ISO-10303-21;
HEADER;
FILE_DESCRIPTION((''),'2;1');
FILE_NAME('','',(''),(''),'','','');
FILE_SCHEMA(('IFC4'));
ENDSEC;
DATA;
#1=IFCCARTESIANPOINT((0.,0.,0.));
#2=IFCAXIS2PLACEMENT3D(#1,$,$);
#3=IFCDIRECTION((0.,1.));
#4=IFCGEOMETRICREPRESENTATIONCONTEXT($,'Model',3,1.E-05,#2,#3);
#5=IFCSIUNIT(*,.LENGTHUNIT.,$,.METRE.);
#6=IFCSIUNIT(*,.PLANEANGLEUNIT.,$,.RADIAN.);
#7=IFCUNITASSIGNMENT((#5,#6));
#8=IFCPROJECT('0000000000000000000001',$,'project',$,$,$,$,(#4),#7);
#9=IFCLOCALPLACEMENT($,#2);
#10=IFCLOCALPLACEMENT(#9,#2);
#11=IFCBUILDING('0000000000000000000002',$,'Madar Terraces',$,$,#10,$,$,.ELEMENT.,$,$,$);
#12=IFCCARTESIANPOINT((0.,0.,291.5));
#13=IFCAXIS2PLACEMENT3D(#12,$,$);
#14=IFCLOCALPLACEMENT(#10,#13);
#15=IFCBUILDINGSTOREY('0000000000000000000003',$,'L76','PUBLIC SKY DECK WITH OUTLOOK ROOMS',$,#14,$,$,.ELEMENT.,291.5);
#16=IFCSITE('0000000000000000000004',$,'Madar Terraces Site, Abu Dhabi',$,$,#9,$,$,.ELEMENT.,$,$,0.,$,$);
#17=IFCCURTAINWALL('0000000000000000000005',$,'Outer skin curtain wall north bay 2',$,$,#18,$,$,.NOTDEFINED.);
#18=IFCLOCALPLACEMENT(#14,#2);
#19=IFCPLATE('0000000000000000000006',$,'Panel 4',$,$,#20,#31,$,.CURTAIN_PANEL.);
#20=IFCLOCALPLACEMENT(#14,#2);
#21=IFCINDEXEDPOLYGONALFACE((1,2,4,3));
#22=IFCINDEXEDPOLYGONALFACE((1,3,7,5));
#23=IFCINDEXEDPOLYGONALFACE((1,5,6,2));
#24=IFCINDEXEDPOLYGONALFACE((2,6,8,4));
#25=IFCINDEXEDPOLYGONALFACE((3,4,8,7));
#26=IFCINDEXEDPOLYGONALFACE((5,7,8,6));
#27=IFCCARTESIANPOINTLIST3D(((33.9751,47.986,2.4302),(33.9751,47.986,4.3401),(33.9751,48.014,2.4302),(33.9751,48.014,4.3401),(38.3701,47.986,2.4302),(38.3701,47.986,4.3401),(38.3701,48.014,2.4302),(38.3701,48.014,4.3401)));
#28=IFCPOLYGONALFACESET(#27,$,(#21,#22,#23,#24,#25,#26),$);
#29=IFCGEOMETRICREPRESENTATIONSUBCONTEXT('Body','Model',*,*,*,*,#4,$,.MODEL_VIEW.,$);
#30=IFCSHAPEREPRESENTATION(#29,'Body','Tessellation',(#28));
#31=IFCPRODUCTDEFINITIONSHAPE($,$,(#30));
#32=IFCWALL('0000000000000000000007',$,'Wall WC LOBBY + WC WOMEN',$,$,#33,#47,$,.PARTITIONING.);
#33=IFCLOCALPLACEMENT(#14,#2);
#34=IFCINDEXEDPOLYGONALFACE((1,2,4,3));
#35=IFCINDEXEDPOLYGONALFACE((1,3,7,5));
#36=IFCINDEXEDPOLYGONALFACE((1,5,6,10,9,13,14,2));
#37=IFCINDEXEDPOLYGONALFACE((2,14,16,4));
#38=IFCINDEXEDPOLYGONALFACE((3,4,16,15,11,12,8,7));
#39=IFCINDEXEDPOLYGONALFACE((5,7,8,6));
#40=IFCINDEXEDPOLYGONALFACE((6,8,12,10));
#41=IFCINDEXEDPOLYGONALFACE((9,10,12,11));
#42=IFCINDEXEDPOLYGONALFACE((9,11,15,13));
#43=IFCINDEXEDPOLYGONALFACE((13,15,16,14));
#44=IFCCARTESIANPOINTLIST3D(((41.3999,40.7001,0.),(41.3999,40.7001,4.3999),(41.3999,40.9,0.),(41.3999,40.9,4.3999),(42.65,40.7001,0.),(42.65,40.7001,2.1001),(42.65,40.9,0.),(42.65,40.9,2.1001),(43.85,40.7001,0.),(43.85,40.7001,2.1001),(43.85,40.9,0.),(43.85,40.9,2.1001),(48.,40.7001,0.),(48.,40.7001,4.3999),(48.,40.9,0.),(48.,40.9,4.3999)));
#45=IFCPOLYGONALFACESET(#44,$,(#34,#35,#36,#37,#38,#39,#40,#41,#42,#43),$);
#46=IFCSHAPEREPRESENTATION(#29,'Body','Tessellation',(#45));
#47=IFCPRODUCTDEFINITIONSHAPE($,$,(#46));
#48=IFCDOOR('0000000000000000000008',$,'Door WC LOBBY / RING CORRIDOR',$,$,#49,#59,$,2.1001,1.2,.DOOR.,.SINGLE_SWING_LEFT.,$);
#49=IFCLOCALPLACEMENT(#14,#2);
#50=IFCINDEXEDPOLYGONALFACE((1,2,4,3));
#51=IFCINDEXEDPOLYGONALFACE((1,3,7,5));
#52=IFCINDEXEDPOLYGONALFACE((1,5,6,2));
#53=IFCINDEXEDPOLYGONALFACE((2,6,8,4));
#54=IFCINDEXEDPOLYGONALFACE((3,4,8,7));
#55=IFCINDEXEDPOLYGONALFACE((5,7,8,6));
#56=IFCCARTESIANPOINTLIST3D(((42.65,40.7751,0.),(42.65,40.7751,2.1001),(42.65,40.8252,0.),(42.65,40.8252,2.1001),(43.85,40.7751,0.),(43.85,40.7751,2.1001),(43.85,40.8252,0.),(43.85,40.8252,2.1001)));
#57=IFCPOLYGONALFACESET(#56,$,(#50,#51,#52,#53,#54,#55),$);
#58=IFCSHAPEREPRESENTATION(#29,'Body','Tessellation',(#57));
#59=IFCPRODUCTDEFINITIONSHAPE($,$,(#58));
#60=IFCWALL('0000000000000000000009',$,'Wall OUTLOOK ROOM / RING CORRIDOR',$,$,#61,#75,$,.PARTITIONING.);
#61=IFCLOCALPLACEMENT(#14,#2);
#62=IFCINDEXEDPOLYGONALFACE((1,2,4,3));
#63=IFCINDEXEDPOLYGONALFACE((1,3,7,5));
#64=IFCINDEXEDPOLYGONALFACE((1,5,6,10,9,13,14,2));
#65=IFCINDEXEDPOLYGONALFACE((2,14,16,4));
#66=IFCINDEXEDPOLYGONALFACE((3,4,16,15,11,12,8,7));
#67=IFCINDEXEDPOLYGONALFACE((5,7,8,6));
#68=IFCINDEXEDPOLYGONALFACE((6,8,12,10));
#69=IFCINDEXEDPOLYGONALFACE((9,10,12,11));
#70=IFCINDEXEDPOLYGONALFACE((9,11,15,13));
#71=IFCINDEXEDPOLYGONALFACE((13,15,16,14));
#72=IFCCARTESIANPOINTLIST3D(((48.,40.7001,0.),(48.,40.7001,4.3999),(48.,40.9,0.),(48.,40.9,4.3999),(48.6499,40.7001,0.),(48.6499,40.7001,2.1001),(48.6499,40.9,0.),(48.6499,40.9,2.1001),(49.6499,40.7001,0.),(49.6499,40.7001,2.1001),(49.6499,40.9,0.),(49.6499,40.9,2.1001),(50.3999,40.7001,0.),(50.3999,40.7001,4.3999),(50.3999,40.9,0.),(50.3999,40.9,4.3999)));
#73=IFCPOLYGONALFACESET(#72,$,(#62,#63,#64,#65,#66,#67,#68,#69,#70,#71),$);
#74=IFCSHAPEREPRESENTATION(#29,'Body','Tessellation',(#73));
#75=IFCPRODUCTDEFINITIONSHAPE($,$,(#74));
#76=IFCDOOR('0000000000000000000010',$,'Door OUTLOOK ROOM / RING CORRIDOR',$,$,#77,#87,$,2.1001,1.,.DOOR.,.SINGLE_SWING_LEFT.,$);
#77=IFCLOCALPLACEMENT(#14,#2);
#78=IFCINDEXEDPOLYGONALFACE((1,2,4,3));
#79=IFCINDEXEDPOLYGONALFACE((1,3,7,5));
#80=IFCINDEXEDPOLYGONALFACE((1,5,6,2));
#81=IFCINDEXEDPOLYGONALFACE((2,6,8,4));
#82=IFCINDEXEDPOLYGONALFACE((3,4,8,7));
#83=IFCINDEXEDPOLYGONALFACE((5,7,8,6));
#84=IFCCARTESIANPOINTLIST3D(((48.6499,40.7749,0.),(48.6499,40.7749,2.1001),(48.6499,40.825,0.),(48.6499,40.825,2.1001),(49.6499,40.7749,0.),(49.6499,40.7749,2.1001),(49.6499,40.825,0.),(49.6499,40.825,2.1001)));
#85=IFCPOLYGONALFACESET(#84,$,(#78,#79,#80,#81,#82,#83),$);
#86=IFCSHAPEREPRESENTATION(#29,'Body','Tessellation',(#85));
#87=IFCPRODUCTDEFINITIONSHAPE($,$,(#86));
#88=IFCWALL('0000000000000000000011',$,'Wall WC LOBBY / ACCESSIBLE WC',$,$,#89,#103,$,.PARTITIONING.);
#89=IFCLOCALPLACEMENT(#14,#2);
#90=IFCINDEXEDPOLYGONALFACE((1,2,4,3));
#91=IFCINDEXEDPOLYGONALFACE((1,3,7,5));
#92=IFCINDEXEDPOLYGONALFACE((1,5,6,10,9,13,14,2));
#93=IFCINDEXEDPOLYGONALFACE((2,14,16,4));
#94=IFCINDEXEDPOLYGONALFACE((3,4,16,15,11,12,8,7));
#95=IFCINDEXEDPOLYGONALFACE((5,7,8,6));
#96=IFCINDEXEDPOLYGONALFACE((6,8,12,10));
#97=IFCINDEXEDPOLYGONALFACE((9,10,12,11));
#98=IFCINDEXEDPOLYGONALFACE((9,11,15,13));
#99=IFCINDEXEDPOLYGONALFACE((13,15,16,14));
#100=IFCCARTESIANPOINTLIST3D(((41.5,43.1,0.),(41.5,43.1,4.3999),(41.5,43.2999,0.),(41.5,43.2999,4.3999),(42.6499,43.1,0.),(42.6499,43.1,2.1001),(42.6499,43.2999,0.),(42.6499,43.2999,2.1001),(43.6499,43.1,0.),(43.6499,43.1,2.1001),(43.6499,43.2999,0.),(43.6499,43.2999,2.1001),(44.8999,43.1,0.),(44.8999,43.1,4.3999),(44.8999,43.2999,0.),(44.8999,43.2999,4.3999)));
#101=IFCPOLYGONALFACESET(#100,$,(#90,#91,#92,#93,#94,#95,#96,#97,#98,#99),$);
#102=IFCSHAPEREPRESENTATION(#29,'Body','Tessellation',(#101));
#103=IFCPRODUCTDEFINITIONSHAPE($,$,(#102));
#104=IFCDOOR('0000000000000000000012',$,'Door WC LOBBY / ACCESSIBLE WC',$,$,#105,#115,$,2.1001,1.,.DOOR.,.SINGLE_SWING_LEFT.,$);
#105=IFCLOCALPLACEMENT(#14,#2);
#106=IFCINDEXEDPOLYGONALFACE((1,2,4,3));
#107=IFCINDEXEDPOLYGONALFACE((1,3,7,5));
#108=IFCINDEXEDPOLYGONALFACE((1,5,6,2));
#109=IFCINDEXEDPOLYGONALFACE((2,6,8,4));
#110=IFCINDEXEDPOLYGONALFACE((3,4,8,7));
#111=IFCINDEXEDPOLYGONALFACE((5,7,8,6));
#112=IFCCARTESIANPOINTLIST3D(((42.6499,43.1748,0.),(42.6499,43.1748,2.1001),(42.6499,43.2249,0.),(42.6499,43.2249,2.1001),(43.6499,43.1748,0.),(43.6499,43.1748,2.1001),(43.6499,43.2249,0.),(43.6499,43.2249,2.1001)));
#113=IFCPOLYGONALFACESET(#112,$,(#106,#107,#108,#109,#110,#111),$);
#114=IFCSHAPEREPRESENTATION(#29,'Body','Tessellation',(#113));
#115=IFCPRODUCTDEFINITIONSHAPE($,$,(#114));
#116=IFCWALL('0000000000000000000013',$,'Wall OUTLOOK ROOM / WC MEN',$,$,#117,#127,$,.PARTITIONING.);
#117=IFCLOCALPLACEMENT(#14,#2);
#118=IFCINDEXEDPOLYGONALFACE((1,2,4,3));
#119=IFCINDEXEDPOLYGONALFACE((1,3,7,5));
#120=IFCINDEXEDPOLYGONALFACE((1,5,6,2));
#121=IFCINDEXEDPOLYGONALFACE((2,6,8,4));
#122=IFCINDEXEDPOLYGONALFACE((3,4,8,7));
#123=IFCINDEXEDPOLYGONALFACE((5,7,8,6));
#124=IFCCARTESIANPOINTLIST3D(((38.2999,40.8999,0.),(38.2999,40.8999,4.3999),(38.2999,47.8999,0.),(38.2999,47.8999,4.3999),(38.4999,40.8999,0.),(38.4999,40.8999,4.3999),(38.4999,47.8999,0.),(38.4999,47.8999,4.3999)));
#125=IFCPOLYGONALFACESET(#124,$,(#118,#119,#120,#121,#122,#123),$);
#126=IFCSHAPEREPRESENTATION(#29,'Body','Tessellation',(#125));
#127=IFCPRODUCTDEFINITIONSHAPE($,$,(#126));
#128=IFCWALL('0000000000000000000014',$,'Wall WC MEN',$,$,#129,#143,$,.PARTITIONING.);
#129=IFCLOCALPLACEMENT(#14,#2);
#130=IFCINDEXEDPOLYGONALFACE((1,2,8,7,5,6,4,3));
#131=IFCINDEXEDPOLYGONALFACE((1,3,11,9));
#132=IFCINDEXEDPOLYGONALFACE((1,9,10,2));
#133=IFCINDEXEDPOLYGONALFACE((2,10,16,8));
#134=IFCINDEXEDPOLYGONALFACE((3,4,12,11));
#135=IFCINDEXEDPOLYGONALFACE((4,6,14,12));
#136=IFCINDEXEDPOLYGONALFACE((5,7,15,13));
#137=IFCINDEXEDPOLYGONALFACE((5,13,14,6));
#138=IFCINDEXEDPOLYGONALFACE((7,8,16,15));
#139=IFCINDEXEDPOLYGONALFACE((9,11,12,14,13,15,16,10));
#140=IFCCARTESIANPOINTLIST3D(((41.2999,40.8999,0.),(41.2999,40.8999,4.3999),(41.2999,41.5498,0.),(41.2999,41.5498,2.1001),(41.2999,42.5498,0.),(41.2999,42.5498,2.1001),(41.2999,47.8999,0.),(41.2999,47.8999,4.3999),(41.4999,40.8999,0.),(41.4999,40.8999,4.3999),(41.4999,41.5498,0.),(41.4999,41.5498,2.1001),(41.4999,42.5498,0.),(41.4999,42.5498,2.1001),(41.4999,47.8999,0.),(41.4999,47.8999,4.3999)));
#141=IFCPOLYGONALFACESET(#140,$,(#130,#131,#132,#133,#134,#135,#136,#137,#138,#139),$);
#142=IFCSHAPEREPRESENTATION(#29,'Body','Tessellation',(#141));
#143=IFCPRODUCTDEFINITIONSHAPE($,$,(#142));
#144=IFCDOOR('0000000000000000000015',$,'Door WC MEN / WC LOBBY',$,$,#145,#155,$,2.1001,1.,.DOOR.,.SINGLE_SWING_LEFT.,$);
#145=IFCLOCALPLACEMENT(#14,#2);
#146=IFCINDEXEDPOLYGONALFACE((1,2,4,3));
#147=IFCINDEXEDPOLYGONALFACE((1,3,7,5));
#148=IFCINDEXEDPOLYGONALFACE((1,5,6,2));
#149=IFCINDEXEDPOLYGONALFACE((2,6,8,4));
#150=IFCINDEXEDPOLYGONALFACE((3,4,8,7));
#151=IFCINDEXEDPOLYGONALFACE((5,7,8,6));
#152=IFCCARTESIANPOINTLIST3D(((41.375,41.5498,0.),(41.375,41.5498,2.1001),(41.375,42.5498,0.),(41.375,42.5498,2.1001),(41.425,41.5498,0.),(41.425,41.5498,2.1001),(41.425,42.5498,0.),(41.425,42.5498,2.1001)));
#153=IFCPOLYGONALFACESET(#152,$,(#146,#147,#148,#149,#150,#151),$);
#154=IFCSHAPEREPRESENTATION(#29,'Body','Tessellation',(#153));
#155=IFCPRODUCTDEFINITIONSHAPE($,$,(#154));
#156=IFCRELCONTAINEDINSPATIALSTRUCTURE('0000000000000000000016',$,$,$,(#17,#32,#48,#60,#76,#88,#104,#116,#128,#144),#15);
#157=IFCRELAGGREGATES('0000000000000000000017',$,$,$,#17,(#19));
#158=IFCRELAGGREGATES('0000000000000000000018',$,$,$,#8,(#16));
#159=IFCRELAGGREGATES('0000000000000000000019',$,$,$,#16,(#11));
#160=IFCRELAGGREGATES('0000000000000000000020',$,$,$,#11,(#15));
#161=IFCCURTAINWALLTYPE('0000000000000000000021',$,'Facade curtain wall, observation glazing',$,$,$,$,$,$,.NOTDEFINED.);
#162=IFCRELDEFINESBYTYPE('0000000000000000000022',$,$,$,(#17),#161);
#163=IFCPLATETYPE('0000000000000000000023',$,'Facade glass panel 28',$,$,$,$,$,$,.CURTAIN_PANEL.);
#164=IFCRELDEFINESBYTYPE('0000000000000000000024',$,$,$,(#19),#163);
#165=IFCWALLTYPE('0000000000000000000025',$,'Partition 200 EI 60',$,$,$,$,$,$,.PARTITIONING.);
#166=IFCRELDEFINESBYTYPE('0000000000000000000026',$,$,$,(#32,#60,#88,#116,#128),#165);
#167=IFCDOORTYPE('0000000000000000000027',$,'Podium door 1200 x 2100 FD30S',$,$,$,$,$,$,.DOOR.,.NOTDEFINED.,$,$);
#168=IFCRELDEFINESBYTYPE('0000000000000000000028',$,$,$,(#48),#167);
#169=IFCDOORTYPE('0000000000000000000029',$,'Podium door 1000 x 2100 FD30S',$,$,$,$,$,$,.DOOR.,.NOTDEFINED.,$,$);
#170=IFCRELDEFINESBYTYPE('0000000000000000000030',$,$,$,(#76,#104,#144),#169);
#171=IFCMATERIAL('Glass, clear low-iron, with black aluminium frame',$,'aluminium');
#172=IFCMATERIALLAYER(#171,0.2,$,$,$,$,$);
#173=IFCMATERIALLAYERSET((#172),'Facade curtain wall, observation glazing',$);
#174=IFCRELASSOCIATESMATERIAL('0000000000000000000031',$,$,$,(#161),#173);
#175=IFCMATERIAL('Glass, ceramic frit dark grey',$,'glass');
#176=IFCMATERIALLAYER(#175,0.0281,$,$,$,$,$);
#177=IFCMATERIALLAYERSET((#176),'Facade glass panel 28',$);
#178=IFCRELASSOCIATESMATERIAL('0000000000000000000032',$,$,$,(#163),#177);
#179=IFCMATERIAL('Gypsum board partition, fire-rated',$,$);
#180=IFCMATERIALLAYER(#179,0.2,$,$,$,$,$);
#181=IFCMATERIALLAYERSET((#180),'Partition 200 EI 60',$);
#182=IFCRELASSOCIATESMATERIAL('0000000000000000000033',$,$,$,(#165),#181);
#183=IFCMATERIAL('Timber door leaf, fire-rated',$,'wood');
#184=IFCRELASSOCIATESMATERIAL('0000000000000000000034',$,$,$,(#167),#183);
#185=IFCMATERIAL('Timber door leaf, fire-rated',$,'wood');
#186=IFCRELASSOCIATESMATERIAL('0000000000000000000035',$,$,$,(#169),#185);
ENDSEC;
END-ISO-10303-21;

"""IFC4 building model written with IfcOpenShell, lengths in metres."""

from ifc_helpers import new_model, si_unit, direction, frame, frame_2d, origin, origin_2d, place, context, subcontext, project, spatial, rectangle, extrude, material, layer, layer_set, type_object, element, fill, aggregate, save


model = new_model("IFC4")

# Units and contexts
model_context = context("Model", 3, precision=1e-05, world=origin(), true_north=direction((0.0, 1.0)))
body_context = subcontext(model_context, "Body", "Model", "MODEL_VIEW")
ifc_project = project(units=[si_unit("LENGTHUNIT", "METRE"), si_unit("PLANEANGLEUNIT", "RADIAN")], contexts=[model_context])

# Site, building, storey
site_placement = place(None, origin())
site = spatial("IfcSite", under=ifc_project, at=site_placement, Name="Madar Terraces Site, Abu Dhabi", CompositionType="ELEMENT", RefElevation=0.0)
building_placement = place(site_placement, origin())
building = spatial("IfcBuilding", under=site, at=building_placement, Name="Madar Terraces", CompositionType="ELEMENT")
storey_placement = place(building_placement, frame((0.0, 0.0, 291.5)))
storey = spatial("IfcBuildingStorey", under=building, at=storey_placement, Name="L76", Description="PUBLIC SKY DECK WITH OUTLOOK ROOMS", CompositionType="ELEMENT", Elevation=291.5)

# Curtain wall
ifc_material_1 = material(Name="Glass, clear low-iron, with black aluminium frame", Category="aluminium")
ifc_layer_1 = layer(ifc_material_1, 0.2)
ifc_layer_set_1 = layer_set([ifc_layer_1], Name="Facade curtain wall, observation glazing")
curtain_wall_type = type_object("IfcCurtainWallType", Name="Facade curtain wall, observation glazing", PredefinedType="NOTDEFINED", material=ifc_layer_set_1)
curtain_wall_1_placement = place(storey_placement, origin())
curtain_wall_1 = element("IfcCurtainWall", 1, at=curtain_wall_1_placement, inside=storey, type_object=curtain_wall_type, Name="Outer skin curtain wall north bay 2", PredefinedType="NOTDEFINED")

# Plate
ifc_material_2 = material(Name="Glass, ceramic frit dark grey", Category="glass")
ifc_layer_2 = layer(ifc_material_2, 0.0281)
ifc_layer_set_2 = layer_set([ifc_layer_2], Name="Facade glass panel 28")
plate_type = type_object("IfcPlateType", Name="Facade glass panel 28", PredefinedType="CURTAIN_PANEL", material=ifc_layer_set_2)
plate_1_placement = place(storey_placement, frame((36.1726, 48.0, 2.4302), z_axis=(0.0, 0.0, 1.0), x_axis=(-1.0, 0.0, 0.0)))
plate_1 = element("IfcPlate", 2, at=plate_1_placement, type_object=plate_type, Name="Panel 4", PredefinedType="CURTAIN_PANEL", context=body_context, shape_type="SweptSolid", body=[
    extrude(rectangle(XDim=4.395, YDim=0.0281, at=origin_2d()), origin(), (0.0, 0.0, 1.0), 1.9099),
])
aggregate(curtain_wall_1, [plate_1])

# Walls, openings, doors
ifc_material_3 = material(Name="Gypsum board partition, fire-rated")
ifc_layer_3 = layer(ifc_material_3, 0.2)
ifc_layer_set_3 = layer_set([ifc_layer_3], Name="Partition 200 EI 60")
wall_type = type_object("IfcWallType", Name="Partition 200 EI 60", PredefinedType="PARTITIONING", material=ifc_layer_set_3)
wall_1_placement = place(storey_placement, frame((48.0, 40.8, 0.0), z_axis=(0.0, 0.0, 1.0), x_axis=(-1.0, 0.0, 0.0)))
wall_1 = element("IfcWall", 3, at=wall_1_placement, inside=storey, type_object=wall_type, Name="Wall WC LOBBY + WC WOMEN", PredefinedType="PARTITIONING", context=body_context, shape_type="SweptSolid", body=[
    extrude(rectangle(XDim=6.6001, YDim=0.2, at=frame_2d((3.3, 0.0))), origin(), (0.0, 0.0, 1.0), 4.3999),
])
opening_1_placement = place(wall_1_placement, frame((4.1499, 0.0, 0.0)))
opening_1 = element("IfcOpeningElement", 4, at=opening_1_placement, cuts=wall_1, PredefinedType="OPENING", context=body_context, shape_type="SweptSolid", body=[
    extrude(rectangle(XDim=1.2, YDim=2.1001, at=frame_2d((0.6001, 1.05))), frame((0.0, 0.1099, 0.0), z_axis=(0.0, -1.0, 0.0), x_axis=(1.0, 0.0, 0.0)), (0.0, 0.0, 1.0), 0.22),
])
ifc_material_4 = material(Name="Timber door leaf, fire-rated", Category="wood")
door_type_1 = type_object("IfcDoorType", Name="Podium door 1200 x 2100 FD30S", OperationType="NOTDEFINED", PredefinedType="DOOR", material=ifc_material_4)
door_1_placement = place(opening_1_placement, origin())
door_1 = element("IfcDoor", 5, at=door_1_placement, inside=storey, type_object=door_type_1, Name="Door WC LOBBY / RING CORRIDOR", OperationType="SINGLE_SWING_LEFT", OverallHeight=2.1001, OverallWidth=1.2, PredefinedType="DOOR", context=body_context, shape_type="SweptSolid", body=[
    extrude(rectangle(XDim=1.2, YDim=2.1001, at=frame_2d((0.6001, 1.05))), frame((0.0, 0.0249, 0.0), z_axis=(0.0, -1.0, 0.0), x_axis=(1.0, 0.0, 0.0)), (0.0, 0.0, 1.0), 0.05),
])
fill(opening_1, door_1)
wall_2_placement = place(storey_placement, frame((48.0, 40.8, 0.0), z_axis=(0.0, 0.0, 1.0), x_axis=(1.0, 0.0, 0.0)))
wall_2 = element("IfcWall", 6, at=wall_2_placement, inside=storey, type_object=wall_type, Name="Wall OUTLOOK ROOM / RING CORRIDOR", PredefinedType="PARTITIONING", context=body_context, shape_type="SweptSolid", body=[
    extrude(rectangle(XDim=2.3999, YDim=0.2, at=frame_2d((1.2, 0.0))), origin(), (0.0, 0.0, 1.0), 4.3999),
])
opening_2_placement = place(wall_2_placement, frame((0.6499, 0.0, 0.0)))
opening_2 = element("IfcOpeningElement", 7, at=opening_2_placement, cuts=wall_2, PredefinedType="OPENING", context=body_context, shape_type="SweptSolid", body=[
    extrude(rectangle(XDim=1.0, YDim=2.1001, at=frame_2d((0.5, 1.05))), frame((0.0, 0.1099, 0.0), z_axis=(0.0, -1.0, 0.0), x_axis=(1.0, 0.0, 0.0)), (0.0, 0.0, 1.0), 0.22),
])
ifc_material_5 = material(Name="Timber door leaf, fire-rated", Category="wood")
door_type_2 = type_object("IfcDoorType", Name="Podium door 1000 x 2100 FD30S", OperationType="NOTDEFINED", PredefinedType="DOOR", material=ifc_material_5)
door_2_placement = place(opening_2_placement, origin())
door_2 = element("IfcDoor", 8, at=door_2_placement, inside=storey, type_object=door_type_2, Name="Door OUTLOOK ROOM / RING CORRIDOR", OperationType="SINGLE_SWING_LEFT", OverallHeight=2.1001, OverallWidth=1.0, PredefinedType="DOOR", context=body_context, shape_type="SweptSolid", body=[
    extrude(rectangle(XDim=1.0, YDim=2.1001, at=frame_2d((0.5, 1.05))), frame((0.0, 0.0249, 0.0), z_axis=(0.0, -1.0, 0.0), x_axis=(1.0, 0.0, 0.0)), (0.0, 0.0, 1.0), 0.05),
])
fill(opening_2, door_2)
wall_3_placement = place(storey_placement, frame((41.5, 43.2, 0.0), z_axis=(0.0, 0.0, 1.0), x_axis=(1.0, 0.0, 0.0)))
wall_3 = element("IfcWall", 9, at=wall_3_placement, inside=storey, type_object=wall_type, Name="Wall WC LOBBY / ACCESSIBLE WC", PredefinedType="PARTITIONING", context=body_context, shape_type="SweptSolid", body=[
    extrude(rectangle(XDim=3.3999, YDim=0.2, at=frame_2d((1.7, 0.0))), origin(), (0.0, 0.0, 1.0), 4.3999),
])
opening_3_placement = place(wall_3_placement, frame((1.1499, 0.0, 0.0)))
opening_3 = element("IfcOpeningElement", 10, at=opening_3_placement, cuts=wall_3, PredefinedType="OPENING", context=body_context, shape_type="SweptSolid", body=[
    extrude(rectangle(XDim=1.0, YDim=2.1001, at=frame_2d((0.5, 1.05))), frame((0.0, 0.1099, 0.0), z_axis=(0.0, -1.0, 0.0), x_axis=(1.0, 0.0, 0.0)), (0.0, 0.0, 1.0), 0.22),
])
door_3_placement = place(opening_3_placement, origin())
door_3 = element("IfcDoor", 11, at=door_3_placement, inside=storey, type_object=door_type_2, Name="Door WC LOBBY / ACCESSIBLE WC", OperationType="SINGLE_SWING_LEFT", OverallHeight=2.1001, OverallWidth=1.0, PredefinedType="DOOR", context=body_context, shape_type="SweptSolid", body=[
    extrude(rectangle(XDim=1.0, YDim=2.1001, at=frame_2d((0.5, 1.05))), frame((0.0, 0.0249, 0.0), z_axis=(0.0, -1.0, 0.0), x_axis=(1.0, 0.0, 0.0)), (0.0, 0.0, 1.0), 0.05),
])
fill(opening_3, door_3)

# Wall
wall_4_placement = place(storey_placement, frame((38.3999, 40.8999, 0.0), z_axis=(0.0, 0.0, 1.0), x_axis=(0.0, 1.0, 0.0)))
element("IfcWall", 12, at=wall_4_placement, inside=storey, type_object=wall_type, Name="Wall OUTLOOK ROOM / WC MEN", PredefinedType="PARTITIONING", context=body_context, shape_type="SweptSolid", body=[
    extrude(rectangle(XDim=7.0, YDim=0.2, at=frame_2d((3.5, 0.0))), origin(), (0.0, 0.0, 1.0), 4.3999),
])

# Wall, opening, door
wall_5_placement = place(storey_placement, frame((41.3999, 40.8999, 0.0), z_axis=(0.0, 0.0, 1.0), x_axis=(0.0, 1.0, 0.0)))
wall_5 = element("IfcWall", 13, at=wall_5_placement, inside=storey, type_object=wall_type, Name="Wall WC MEN", PredefinedType="PARTITIONING", context=body_context, shape_type="SweptSolid", body=[
    extrude(rectangle(XDim=7.0, YDim=0.2, at=frame_2d((3.5, 0.0))), origin(), (0.0, 0.0, 1.0), 4.3999),
])
opening_4_placement = place(wall_5_placement, frame((0.6499, 0.0, 0.0)))
opening_4 = element("IfcOpeningElement", 14, at=opening_4_placement, cuts=wall_5, PredefinedType="OPENING", context=body_context, shape_type="SweptSolid", body=[
    extrude(rectangle(XDim=1.0, YDim=2.1001, at=frame_2d((0.5, 1.05))), frame((0.0, 0.1099, 0.0), z_axis=(0.0, -1.0, 0.0), x_axis=(1.0, 0.0, 0.0)), (0.0, 0.0, 1.0), 0.22),
])
door_4_placement = place(opening_4_placement, origin())
door_4 = element("IfcDoor", 15, at=door_4_placement, inside=storey, type_object=door_type_2, Name="Door WC MEN / WC LOBBY", OperationType="SINGLE_SWING_LEFT", OverallHeight=2.1001, OverallWidth=1.0, PredefinedType="DOOR", context=body_context, shape_type="SweptSolid", body=[
    extrude(rectangle(XDim=1.0, YDim=2.1001, at=frame_2d((0.5, 1.05))), frame((0.0, 0.0249, 0.0), z_axis=(0.0, -1.0, 0.0), x_axis=(1.0, 0.0, 0.0)), (0.0, 0.0, 1.0), 0.05),
])
fill(opening_4, door_4)

save(model, "model.ifc")
